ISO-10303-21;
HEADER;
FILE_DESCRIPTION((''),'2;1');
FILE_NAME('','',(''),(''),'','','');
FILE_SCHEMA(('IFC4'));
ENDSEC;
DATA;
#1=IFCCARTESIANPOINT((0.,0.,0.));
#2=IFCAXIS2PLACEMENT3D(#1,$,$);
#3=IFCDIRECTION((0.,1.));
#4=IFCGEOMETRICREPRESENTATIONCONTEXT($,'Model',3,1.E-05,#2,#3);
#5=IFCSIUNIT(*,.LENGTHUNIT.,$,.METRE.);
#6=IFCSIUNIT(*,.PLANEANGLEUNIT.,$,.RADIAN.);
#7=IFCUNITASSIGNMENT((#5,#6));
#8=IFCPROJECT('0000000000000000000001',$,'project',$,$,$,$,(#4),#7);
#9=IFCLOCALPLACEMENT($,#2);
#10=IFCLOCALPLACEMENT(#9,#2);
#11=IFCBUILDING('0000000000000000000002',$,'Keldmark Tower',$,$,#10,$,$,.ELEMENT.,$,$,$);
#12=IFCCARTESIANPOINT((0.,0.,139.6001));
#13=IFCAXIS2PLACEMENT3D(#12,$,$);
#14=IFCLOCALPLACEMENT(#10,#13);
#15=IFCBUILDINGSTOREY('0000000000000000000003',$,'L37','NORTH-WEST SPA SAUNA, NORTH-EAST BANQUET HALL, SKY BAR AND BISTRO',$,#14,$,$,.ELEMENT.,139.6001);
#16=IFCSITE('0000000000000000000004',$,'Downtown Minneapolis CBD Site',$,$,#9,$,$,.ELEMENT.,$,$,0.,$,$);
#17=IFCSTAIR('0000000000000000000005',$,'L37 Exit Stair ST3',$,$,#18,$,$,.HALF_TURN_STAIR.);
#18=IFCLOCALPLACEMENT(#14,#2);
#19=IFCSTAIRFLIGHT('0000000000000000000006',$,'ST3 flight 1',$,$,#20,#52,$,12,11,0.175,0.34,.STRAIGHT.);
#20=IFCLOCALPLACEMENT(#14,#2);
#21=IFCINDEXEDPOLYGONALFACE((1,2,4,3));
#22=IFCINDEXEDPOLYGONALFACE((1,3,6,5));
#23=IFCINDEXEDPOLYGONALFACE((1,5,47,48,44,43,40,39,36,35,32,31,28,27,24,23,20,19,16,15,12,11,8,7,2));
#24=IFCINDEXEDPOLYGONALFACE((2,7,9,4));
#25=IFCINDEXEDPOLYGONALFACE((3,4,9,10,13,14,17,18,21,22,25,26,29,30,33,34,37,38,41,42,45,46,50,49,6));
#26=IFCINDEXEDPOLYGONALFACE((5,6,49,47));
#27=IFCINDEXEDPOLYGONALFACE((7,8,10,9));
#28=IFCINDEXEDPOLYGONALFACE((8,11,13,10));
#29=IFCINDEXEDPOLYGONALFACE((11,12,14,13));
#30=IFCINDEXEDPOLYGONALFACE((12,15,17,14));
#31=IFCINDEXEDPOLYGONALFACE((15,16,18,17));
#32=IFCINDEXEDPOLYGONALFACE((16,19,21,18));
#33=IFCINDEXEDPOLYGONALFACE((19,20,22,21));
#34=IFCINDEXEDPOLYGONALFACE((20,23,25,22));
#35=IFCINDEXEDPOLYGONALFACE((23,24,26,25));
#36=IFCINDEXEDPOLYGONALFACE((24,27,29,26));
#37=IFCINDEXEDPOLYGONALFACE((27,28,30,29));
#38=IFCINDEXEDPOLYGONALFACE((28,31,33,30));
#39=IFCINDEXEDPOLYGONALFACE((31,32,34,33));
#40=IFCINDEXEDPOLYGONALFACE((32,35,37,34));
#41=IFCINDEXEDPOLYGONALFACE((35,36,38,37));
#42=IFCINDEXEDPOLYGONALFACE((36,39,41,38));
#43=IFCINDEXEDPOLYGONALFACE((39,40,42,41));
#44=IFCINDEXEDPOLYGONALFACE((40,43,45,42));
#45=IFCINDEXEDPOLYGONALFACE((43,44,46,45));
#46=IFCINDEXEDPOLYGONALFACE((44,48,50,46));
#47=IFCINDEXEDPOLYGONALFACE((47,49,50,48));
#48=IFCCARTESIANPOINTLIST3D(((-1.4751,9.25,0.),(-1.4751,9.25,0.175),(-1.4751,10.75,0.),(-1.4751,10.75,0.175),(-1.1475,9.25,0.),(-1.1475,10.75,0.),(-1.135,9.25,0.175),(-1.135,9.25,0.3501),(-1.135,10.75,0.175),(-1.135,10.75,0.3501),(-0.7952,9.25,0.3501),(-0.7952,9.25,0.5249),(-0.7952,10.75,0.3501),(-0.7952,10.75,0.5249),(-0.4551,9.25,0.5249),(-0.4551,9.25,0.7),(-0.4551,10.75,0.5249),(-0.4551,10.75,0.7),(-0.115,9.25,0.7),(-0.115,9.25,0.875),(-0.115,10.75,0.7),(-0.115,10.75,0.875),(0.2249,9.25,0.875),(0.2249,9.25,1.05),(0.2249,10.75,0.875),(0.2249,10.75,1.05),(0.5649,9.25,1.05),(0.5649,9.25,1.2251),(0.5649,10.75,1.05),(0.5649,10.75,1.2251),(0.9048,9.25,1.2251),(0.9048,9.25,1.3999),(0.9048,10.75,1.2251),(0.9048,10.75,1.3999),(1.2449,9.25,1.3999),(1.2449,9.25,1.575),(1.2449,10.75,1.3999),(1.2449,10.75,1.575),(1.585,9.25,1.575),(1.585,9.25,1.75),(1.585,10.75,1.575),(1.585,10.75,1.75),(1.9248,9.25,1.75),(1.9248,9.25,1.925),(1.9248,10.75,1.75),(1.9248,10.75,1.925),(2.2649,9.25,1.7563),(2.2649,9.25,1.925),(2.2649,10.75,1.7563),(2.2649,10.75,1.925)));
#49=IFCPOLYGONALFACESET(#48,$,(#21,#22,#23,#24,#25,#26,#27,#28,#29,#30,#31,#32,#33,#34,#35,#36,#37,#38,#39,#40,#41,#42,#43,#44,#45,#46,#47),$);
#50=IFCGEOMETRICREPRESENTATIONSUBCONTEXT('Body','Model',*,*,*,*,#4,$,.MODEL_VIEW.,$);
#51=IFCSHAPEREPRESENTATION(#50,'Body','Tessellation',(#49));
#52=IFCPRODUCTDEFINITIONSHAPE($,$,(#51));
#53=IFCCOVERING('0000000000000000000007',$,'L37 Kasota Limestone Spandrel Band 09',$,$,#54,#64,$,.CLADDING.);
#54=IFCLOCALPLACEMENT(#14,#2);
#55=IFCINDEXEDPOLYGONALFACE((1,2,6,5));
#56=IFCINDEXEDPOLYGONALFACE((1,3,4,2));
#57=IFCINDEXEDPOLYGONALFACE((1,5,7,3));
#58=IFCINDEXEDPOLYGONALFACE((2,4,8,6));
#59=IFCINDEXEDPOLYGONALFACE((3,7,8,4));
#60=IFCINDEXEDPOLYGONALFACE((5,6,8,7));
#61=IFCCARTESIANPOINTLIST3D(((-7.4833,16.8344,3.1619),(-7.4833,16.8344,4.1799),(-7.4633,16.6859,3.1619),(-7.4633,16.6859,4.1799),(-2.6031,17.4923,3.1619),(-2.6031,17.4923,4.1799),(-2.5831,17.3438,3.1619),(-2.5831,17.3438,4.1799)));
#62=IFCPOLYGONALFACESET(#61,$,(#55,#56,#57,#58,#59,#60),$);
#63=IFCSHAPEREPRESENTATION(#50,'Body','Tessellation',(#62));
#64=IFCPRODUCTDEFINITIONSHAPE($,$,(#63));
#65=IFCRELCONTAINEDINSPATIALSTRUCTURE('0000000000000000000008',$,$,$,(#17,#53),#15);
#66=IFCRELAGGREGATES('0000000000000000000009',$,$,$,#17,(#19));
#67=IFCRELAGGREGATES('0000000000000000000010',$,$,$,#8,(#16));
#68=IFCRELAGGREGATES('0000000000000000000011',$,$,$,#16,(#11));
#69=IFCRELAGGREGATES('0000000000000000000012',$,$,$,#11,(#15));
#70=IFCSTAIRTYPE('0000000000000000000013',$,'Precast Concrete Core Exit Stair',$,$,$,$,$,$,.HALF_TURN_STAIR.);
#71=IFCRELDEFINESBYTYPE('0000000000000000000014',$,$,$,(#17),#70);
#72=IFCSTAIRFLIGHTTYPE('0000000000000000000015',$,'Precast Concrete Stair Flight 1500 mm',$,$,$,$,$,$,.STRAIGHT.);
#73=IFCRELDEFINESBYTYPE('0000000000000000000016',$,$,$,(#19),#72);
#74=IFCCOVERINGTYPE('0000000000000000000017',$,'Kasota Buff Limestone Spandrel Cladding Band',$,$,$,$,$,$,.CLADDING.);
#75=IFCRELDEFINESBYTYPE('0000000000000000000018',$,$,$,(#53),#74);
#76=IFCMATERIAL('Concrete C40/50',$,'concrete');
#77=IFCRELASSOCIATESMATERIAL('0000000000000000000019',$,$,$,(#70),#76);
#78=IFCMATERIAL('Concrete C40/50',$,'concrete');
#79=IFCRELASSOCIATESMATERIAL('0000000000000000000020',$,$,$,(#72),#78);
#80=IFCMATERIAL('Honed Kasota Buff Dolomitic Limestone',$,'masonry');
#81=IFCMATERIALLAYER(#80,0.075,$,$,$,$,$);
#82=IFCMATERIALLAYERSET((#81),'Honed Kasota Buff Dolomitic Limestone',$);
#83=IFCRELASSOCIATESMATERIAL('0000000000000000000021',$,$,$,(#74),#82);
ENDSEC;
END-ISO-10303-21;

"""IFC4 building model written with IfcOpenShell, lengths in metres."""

from ifc_helpers import new_model, si_unit, direction, frame, origin, origin_2d, place, context, subcontext, project, spatial, polyline, rectangle, outline, extrude, material, layer, layer_set, type_object, element, aggregate, save


model = new_model("IFC4")

# Units and contexts
model_context = context("Model", 3, precision=1e-05, world=origin(), true_north=direction((0.0, 1.0)))
body_context = subcontext(model_context, "Body", "Model", "MODEL_VIEW")
ifc_project = project(units=[si_unit("LENGTHUNIT", "METRE"), si_unit("PLANEANGLEUNIT", "RADIAN")], contexts=[model_context])

# Site, building, storey
site_placement = place(None, origin())
site = spatial("IfcSite", under=ifc_project, at=site_placement, Name="Downtown Minneapolis CBD Site", CompositionType="ELEMENT", RefElevation=0.0)
building_placement = place(site_placement, origin())
building = spatial("IfcBuilding", under=site, at=building_placement, Name="Keldmark Tower", CompositionType="ELEMENT")
storey_placement = place(building_placement, frame((0.0, 0.0, 139.6001)))
storey = spatial("IfcBuildingStorey", under=building, at=storey_placement, Name="L37", Description="NORTH-WEST SPA SAUNA, NORTH-EAST BANQUET HALL, SKY BAR AND BISTRO", CompositionType="ELEMENT", Elevation=139.6001)

# Stair, stair flight
ifc_material_1 = material(Name="Concrete C40/50", Category="concrete")
stair_type = type_object("IfcStairType", Name="Precast Concrete Core Exit Stair", PredefinedType="HALF_TURN_STAIR", material=ifc_material_1)
stair_placement = place(storey_placement, origin())
stair = element("IfcStair", 1, at=stair_placement, inside=storey, type_object=stair_type, Name="L37 Exit Stair ST3", PredefinedType="HALF_TURN_STAIR")
ifc_material_2 = material(Name="Concrete C40/50", Category="concrete")
stair_flight_type = type_object("IfcStairFlightType", Name="Precast Concrete Stair Flight 1500 mm", PredefinedType="STRAIGHT", material=ifc_material_2)
stair_flight_placement = place(storey_placement, frame((-1.4751, 10.0, 0.0), z_axis=(0.0, 0.0, 1.0), x_axis=(1.0, 0.0, 0.0)))
stair_flight = element("IfcStairFlight", 2, at=stair_flight_placement, type_object=stair_flight_type, Name="ST3 flight 1", NumberOfRisers=12, NumberOfTreads=11, PredefinedType="STRAIGHT", RiserHeight=0.175, TreadLength=0.34, context=body_context, shape_type="SweptSolid", body=[
    extrude(outline(polyline([(0.0, 0.0), (0.0, 0.175), (0.3401, 0.175), (0.3401, 0.3501), (0.6799, 0.3501), (0.6799, 0.5249), (1.02, 0.5249), (1.02, 0.7), (1.3601, 0.7), (1.3601, 0.875), (1.7, 0.875), (1.7, 1.05), (2.04, 1.05), (2.04, 1.2251), (2.3799, 1.2251), (2.3799, 1.3999), (2.72, 1.3999), (2.72, 1.575), (3.0601, 1.575), (3.0601, 1.75), (3.3999, 1.75), (3.3999, 1.925), (3.74, 1.925), (3.74, 2.1001), (3.74, 1.7563), (0.3276, 0.0), (0.0, 0.0)])), frame((0.0, 0.75, 0.0), z_axis=(0.0, -1.0, 0.0), x_axis=(1.0, 0.0, 0.0)), (0.0, 0.0, 1.0), 1.5),
])
aggregate(stair, [stair_flight])

# Covering
ifc_material_3 = material(Name="Honed Kasota Buff Dolomitic Limestone", Category="masonry")
ifc_layer_1 = layer(ifc_material_3, 0.075)
ifc_layer_set_1 = layer_set([ifc_layer_1], Name="Honed Kasota Buff Dolomitic Limestone")
covering_type = type_object("IfcCoveringType", Name="Kasota Buff Limestone Spandrel Cladding Band", PredefinedType="CLADDING", material=ifc_layer_set_1)
covering_placement = place(storey_placement, frame((-5.0332, 17.0891, 3.1619), z_axis=(0.0, 0.0, 1.0), x_axis=(-0.991035, -0.133606, 0.0)))
element("IfcCovering", 3, at=covering_placement, inside=storey, type_object=covering_type, Name="L37 Kasota Limestone Spandrel Band 09", PredefinedType="CLADDING", context=body_context, shape_type="SweptSolid", body=[
    extrude(rectangle(XDim=4.9243, YDim=0.1499, at=origin_2d()), origin(), (0.0, 0.0, 1.0), 1.0181),
])

save(model, "model.ifc")
